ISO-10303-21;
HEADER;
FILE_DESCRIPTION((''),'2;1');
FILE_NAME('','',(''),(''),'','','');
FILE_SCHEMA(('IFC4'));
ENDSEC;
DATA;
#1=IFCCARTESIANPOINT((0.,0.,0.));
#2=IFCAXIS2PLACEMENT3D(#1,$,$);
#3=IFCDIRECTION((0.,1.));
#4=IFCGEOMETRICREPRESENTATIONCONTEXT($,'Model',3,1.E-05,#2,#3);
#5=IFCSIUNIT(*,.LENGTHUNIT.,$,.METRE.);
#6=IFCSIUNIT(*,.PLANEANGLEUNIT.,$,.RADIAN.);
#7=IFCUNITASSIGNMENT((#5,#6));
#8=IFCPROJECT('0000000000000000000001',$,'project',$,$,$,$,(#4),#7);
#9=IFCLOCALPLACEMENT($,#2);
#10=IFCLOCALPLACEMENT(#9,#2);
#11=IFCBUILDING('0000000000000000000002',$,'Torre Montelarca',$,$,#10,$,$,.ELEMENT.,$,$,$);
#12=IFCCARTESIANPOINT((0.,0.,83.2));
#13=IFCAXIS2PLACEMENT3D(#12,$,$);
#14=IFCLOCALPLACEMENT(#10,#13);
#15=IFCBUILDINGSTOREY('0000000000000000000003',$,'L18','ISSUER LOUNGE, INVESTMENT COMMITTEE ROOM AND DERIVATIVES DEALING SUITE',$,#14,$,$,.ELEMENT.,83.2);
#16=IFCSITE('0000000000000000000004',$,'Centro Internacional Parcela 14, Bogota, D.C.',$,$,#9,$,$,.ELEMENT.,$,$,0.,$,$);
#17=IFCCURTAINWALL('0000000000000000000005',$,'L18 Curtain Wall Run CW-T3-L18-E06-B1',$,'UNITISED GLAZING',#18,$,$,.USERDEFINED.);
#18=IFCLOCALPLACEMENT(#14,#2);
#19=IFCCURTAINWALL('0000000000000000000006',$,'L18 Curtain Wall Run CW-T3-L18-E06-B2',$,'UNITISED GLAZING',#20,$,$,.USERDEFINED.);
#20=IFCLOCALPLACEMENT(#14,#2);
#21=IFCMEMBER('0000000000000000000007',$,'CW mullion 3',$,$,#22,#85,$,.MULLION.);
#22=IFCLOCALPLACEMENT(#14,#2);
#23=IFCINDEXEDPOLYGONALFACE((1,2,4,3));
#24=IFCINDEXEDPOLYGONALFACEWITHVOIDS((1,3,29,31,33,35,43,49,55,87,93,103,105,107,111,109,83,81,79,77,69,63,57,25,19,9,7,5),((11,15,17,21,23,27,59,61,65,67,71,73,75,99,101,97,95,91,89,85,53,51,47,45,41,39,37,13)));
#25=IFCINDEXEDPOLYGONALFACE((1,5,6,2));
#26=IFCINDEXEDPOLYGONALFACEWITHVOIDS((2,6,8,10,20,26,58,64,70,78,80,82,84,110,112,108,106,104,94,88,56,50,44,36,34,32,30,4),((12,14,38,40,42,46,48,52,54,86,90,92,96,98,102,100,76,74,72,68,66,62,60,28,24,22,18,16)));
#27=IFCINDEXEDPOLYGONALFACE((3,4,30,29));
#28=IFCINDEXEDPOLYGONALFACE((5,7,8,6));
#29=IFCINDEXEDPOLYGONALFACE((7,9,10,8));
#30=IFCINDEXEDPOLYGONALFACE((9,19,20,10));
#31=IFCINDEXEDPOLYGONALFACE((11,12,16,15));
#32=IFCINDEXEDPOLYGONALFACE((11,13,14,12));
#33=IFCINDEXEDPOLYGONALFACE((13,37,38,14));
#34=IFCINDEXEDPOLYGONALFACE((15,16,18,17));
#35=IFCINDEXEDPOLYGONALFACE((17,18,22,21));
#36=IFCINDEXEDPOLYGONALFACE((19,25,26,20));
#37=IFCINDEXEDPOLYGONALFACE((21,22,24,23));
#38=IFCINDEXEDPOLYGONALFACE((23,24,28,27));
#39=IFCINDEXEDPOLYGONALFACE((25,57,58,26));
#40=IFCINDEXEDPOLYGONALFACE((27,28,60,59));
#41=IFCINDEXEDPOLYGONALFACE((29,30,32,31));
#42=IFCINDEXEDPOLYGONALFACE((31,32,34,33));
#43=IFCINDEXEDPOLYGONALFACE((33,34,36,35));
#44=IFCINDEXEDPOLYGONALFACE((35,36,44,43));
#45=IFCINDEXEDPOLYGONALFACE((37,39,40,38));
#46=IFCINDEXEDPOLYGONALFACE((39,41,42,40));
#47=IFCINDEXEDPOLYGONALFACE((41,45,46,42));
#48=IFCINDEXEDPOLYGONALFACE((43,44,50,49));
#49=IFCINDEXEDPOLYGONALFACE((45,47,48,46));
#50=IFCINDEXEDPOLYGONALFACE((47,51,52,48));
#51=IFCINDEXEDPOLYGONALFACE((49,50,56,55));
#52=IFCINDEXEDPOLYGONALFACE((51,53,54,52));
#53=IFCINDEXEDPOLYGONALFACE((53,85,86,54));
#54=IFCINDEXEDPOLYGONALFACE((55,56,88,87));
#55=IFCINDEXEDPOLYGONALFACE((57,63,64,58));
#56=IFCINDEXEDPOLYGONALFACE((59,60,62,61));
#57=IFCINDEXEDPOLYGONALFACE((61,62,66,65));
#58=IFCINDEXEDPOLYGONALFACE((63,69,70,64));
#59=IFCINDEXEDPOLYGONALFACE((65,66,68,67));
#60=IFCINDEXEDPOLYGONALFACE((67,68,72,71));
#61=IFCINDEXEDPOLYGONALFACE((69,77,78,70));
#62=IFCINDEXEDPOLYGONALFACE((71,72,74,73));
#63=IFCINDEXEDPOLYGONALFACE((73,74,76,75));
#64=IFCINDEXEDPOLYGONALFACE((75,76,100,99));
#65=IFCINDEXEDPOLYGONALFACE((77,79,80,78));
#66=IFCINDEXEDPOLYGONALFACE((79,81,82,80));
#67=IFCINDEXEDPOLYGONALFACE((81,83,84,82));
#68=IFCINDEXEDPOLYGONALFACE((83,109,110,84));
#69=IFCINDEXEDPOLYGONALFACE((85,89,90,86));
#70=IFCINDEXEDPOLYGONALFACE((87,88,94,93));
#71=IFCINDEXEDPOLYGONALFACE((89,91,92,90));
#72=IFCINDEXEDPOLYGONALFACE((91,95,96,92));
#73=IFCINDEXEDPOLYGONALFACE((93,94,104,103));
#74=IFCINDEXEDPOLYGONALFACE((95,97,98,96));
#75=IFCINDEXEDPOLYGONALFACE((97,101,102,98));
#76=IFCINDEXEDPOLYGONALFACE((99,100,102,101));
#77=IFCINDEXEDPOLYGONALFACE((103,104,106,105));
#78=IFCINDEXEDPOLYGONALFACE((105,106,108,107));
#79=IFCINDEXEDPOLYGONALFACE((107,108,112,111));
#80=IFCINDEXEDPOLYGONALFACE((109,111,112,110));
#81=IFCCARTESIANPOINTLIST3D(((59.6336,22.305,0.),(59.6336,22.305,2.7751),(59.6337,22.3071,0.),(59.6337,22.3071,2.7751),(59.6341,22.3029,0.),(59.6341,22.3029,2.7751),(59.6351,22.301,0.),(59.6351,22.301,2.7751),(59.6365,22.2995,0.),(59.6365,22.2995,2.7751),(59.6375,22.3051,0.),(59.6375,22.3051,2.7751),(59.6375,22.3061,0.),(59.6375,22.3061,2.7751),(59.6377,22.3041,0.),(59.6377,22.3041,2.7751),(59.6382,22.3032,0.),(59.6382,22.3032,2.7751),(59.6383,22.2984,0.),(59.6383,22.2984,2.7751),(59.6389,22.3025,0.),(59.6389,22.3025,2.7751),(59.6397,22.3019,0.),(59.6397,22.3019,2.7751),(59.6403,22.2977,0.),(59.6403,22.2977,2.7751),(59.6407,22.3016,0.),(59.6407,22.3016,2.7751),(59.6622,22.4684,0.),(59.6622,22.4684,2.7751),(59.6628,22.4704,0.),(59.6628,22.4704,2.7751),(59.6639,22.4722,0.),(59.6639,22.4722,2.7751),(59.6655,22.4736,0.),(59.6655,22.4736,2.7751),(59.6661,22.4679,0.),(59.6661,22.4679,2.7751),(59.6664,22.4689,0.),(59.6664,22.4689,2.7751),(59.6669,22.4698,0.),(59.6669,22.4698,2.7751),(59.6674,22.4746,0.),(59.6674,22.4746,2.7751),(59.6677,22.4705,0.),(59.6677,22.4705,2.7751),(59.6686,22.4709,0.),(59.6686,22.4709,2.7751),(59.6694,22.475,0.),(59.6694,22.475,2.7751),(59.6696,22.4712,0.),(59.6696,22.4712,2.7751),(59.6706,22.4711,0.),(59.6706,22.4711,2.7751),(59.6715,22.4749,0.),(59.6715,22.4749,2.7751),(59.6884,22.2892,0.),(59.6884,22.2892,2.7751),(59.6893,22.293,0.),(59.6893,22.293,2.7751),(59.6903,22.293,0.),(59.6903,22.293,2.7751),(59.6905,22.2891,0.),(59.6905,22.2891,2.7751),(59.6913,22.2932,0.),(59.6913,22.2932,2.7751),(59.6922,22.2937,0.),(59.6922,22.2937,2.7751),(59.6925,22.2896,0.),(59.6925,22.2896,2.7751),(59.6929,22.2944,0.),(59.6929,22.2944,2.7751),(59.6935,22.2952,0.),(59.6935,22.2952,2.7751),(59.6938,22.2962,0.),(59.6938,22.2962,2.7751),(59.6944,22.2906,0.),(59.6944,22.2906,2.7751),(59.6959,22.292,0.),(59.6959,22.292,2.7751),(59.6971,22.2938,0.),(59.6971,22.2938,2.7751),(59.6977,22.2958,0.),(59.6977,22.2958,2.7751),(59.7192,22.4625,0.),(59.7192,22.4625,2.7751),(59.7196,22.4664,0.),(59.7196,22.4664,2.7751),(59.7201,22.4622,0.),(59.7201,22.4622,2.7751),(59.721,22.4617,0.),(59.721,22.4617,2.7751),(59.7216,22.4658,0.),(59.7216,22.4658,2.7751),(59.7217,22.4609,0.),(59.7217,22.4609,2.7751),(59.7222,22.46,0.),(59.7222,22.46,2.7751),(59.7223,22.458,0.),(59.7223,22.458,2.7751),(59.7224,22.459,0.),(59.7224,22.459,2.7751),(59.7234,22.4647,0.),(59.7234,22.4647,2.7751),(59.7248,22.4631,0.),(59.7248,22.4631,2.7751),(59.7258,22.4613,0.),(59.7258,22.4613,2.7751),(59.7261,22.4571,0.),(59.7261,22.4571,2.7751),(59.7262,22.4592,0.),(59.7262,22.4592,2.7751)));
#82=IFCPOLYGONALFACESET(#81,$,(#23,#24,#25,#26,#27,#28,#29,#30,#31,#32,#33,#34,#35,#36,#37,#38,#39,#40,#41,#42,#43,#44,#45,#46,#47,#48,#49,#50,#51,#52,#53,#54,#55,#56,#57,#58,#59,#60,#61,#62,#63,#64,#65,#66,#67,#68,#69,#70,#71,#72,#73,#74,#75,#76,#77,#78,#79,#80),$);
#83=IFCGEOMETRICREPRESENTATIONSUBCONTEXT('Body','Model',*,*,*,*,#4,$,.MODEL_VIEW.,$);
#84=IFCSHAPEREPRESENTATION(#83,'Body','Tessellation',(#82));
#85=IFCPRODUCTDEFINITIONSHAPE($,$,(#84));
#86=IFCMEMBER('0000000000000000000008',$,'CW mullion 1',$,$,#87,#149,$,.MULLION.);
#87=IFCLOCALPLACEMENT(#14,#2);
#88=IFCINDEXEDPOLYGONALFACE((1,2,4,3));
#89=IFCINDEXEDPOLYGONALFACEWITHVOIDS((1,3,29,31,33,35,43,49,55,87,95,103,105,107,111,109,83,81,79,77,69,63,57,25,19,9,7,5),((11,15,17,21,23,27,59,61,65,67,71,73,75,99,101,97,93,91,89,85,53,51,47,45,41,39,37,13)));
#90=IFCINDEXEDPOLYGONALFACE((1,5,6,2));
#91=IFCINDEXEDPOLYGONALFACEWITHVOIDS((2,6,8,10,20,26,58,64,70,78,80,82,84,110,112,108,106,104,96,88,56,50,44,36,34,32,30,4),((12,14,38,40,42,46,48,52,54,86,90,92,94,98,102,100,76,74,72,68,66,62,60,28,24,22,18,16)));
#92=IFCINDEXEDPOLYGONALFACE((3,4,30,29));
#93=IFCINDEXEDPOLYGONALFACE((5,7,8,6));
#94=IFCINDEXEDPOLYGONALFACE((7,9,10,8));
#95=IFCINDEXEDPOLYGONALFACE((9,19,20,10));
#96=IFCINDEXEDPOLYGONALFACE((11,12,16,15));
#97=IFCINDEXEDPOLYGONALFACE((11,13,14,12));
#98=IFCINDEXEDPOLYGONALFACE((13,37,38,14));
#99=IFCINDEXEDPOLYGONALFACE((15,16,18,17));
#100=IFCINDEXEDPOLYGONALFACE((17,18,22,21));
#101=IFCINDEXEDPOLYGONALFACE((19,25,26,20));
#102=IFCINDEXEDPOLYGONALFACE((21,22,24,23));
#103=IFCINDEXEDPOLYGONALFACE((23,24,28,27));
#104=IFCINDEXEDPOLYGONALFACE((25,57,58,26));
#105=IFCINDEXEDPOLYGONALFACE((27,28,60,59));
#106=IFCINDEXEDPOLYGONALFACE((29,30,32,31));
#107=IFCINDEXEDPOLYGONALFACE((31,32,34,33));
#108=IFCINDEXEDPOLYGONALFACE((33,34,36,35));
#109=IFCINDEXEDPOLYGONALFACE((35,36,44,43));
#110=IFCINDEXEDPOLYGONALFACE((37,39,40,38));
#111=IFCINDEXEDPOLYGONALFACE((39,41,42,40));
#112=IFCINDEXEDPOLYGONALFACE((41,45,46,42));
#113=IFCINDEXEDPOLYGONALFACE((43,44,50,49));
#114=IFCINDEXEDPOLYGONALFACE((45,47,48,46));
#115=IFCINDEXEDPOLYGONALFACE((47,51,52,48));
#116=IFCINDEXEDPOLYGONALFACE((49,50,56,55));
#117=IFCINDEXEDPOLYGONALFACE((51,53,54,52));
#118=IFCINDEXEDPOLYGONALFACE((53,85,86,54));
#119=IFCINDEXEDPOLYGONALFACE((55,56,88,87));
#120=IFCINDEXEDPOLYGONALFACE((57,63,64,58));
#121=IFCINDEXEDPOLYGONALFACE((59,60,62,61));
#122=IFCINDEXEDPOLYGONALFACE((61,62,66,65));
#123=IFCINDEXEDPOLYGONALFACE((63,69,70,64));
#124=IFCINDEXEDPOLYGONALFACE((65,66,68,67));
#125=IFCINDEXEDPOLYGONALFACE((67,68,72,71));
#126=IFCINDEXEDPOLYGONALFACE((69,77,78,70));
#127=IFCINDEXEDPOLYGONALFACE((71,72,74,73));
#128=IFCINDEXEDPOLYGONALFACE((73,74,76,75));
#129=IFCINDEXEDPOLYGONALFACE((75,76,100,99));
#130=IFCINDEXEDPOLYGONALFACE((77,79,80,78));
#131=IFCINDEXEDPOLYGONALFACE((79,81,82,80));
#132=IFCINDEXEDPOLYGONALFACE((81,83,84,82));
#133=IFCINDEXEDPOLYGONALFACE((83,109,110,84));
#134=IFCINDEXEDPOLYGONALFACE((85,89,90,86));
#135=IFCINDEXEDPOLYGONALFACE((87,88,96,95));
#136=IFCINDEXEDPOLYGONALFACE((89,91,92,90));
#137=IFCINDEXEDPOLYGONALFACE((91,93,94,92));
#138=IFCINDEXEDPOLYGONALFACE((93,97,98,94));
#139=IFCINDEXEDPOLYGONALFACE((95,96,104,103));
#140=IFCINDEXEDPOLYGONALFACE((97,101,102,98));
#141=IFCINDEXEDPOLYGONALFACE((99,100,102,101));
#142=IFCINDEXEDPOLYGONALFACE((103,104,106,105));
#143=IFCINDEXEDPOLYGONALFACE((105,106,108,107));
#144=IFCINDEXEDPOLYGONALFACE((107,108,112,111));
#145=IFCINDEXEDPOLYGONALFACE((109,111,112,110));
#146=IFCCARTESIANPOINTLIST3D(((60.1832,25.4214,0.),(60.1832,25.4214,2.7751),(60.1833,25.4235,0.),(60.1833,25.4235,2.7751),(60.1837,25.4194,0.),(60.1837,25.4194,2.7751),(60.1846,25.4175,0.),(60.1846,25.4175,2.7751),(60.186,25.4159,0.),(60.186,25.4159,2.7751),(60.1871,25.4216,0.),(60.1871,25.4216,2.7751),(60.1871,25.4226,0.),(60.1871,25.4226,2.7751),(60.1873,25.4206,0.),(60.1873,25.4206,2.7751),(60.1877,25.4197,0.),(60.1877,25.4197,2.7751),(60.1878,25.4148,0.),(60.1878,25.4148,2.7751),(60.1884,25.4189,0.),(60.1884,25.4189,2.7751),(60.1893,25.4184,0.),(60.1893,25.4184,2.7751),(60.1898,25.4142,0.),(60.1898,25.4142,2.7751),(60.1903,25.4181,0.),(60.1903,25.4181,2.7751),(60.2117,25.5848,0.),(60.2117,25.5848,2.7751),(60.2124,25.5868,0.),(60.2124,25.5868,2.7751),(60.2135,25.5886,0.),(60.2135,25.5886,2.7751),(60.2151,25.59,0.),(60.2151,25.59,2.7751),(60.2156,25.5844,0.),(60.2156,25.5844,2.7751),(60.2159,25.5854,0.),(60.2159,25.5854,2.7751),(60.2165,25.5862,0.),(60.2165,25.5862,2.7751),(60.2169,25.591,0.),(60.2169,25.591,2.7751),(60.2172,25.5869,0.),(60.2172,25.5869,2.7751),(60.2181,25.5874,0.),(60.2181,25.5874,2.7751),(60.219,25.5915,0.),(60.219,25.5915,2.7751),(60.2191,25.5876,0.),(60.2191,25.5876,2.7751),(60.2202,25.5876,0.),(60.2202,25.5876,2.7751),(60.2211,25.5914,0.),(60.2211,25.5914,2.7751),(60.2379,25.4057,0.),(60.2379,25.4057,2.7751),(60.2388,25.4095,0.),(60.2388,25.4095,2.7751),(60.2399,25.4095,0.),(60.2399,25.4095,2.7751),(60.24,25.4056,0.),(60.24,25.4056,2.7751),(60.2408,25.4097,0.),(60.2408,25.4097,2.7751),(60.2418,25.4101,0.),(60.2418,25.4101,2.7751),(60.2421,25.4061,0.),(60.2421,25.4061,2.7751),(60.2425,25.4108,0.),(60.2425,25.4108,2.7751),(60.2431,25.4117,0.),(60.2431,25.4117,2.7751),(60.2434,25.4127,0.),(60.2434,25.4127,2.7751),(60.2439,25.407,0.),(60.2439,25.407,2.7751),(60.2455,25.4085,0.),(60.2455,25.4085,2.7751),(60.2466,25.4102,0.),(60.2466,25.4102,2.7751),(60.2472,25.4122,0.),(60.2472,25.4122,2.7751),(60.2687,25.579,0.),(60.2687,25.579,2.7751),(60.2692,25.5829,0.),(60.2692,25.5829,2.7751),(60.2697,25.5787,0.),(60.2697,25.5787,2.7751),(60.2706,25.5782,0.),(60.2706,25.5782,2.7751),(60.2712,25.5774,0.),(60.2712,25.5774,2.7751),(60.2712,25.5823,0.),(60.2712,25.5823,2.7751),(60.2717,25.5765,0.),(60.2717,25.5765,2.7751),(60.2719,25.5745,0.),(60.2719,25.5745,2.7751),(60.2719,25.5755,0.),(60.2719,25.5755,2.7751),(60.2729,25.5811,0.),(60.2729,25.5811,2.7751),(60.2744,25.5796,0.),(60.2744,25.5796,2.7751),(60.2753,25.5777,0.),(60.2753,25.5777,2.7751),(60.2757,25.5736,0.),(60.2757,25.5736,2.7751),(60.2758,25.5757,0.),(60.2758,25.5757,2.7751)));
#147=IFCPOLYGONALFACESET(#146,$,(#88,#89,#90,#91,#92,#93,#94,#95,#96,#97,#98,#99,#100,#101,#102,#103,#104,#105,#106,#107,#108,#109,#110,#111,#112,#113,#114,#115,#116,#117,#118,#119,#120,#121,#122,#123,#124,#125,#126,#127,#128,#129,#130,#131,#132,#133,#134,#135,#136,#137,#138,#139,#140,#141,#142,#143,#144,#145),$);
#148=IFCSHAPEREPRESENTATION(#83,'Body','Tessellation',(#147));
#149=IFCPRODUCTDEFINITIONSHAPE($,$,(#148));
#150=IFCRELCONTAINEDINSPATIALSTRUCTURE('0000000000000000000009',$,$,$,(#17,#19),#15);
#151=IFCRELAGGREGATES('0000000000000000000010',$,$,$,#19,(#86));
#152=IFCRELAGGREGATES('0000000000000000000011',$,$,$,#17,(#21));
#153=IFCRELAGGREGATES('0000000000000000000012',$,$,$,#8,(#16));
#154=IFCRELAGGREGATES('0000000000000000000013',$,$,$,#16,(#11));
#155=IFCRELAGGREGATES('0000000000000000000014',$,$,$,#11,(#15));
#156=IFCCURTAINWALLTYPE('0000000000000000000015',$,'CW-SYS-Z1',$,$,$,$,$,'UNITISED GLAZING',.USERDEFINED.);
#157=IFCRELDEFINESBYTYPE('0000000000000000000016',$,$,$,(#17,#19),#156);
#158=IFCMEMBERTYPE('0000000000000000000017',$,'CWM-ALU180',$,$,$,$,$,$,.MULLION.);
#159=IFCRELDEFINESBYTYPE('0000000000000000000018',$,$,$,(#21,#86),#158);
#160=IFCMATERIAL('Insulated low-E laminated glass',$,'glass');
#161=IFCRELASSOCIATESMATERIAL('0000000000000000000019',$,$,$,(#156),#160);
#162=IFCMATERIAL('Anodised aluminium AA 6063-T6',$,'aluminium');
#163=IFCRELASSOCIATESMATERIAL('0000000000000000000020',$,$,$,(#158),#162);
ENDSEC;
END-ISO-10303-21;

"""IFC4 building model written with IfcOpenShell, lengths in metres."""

from ifc_helpers import new_model, si_unit, direction, frame, origin, origin_2d, place, context, subcontext, project, spatial, hollow_rectangle, extrude, source, transform, mapped, material, material_profile, profile_set, type_object, element, aggregate, save


model = new_model("IFC4")

# Units and contexts
model_context = context("Model", 3, precision=1e-05, world=origin(), true_north=direction((0.0, 1.0)))
body_context = subcontext(model_context, "Body", "Model", "MODEL_VIEW")
ifc_project = project(units=[si_unit("LENGTHUNIT", "METRE"), si_unit("PLANEANGLEUNIT", "RADIAN")], contexts=[model_context])

# Site, building, storey
site_placement = place(None, origin())
site = spatial("IfcSite", under=ifc_project, at=site_placement, Name="Centro Internacional Parcela 14, Bogota, D.C.", CompositionType="ELEMENT", RefElevation=0.0)
building_placement = place(site_placement, origin())
building = spatial("IfcBuilding", under=site, at=building_placement, Name="Torre Montelarca", CompositionType="ELEMENT")
storey_placement = place(building_placement, frame((0.0, 0.0, 83.2)))
storey = spatial("IfcBuildingStorey", under=building, at=storey_placement, Name="L18", Description="ISSUER LOUNGE, INVESTMENT COMMITTEE ROOM AND DERIVATIVES DEALING SUITE", CompositionType="ELEMENT", Elevation=83.2)

# Curtain wall
ifc_material_1 = material(Name="Insulated low-E laminated glass", Category="glass")
curtain_wall_type = type_object("IfcCurtainWallType", Name="CW-SYS-Z1", ElementType="UNITISED GLAZING", PredefinedType="USERDEFINED", material=ifc_material_1)
curtain_wall_1_placement = place(storey_placement, origin())
curtain_wall_1 = element("IfcCurtainWall", 1, at=curtain_wall_1_placement, inside=storey, type_object=curtain_wall_type, Name="L18 Curtain Wall Run CW-T3-L18-E06-B1", ObjectType="UNITISED GLAZING", PredefinedType="USERDEFINED")
ifc_material_2 = material(Name="Anodised aluminium AA 6063-T6", Category="aluminium")

# Curtain wall
curtain_wall_2_placement = place(storey_placement, origin())
curtain_wall_2 = element("IfcCurtainWall", 2, at=curtain_wall_2_placement, inside=storey, type_object=curtain_wall_type, Name="L18 Curtain Wall Run CW-T3-L18-E06-B2", ObjectType="UNITISED GLAZING", PredefinedType="USERDEFINED")

# Members
ifc_material_profile_1 = material_profile(ifc_material_2, hollow_rectangle(XDim=0.0649, YDim=0.1799, WallThickness=0.0039, InnerFilletRadius=0.0039, OuterFilletRadius=0.0081, at=origin_2d()), Name="ALU65X180X4", Category="aluminium")
ifc_profile_set_1 = profile_set([ifc_material_profile_1], Name="Anodised aluminium AA 6063-T6")
member_type_1 = type_object("IfcMemberType", Name="CWM-ALU180", PredefinedType="MULLION", material=ifc_profile_set_1)
shared_shape_1 = source(origin(), body_context, "Body", "SweptSolid", [
    extrude(hollow_rectangle(XDim=0.0649, YDim=0.1799, WallThickness=0.0039, InnerFilletRadius=0.0039, OuterFilletRadius=0.0081, at=origin_2d()), origin(), (0.0, 0.0, 1.0), 2.7751),
])
member_1_placement = place(storey_placement, frame((59.6799, 22.3821, 0.0), z_axis=(0.0, 0.0, 1.0), x_axis=(-0.984805, 0.173664, 0.0)))
member_1 = element("IfcMember", 3, at=member_1_placement, type_object=member_type_1, Name="CW mullion 3", PredefinedType="MULLION", context=body_context, shape_type="MappedRepresentation", body=[
    mapped(shared_shape_1, transform((0.0, 0.0, 0.0), scale=1.0)),
])
member_2_placement = place(storey_placement, frame((60.2295, 25.4985, 0.0), z_axis=(0.0, 0.0, 1.0), x_axis=(-0.984808, 0.173644, 0.0)))
member_2 = element("IfcMember", 4, at=member_2_placement, type_object=member_type_1, Name="CW mullion 1", PredefinedType="MULLION", context=body_context, shape_type="MappedRepresentation", body=[
    mapped(shared_shape_1, transform((0.0, 0.0, 0.0), scale=1.0)),
])
aggregate(curtain_wall_2, [member_2])

aggregate(curtain_wall_1, [member_1])

save(model, "model.ifc")
